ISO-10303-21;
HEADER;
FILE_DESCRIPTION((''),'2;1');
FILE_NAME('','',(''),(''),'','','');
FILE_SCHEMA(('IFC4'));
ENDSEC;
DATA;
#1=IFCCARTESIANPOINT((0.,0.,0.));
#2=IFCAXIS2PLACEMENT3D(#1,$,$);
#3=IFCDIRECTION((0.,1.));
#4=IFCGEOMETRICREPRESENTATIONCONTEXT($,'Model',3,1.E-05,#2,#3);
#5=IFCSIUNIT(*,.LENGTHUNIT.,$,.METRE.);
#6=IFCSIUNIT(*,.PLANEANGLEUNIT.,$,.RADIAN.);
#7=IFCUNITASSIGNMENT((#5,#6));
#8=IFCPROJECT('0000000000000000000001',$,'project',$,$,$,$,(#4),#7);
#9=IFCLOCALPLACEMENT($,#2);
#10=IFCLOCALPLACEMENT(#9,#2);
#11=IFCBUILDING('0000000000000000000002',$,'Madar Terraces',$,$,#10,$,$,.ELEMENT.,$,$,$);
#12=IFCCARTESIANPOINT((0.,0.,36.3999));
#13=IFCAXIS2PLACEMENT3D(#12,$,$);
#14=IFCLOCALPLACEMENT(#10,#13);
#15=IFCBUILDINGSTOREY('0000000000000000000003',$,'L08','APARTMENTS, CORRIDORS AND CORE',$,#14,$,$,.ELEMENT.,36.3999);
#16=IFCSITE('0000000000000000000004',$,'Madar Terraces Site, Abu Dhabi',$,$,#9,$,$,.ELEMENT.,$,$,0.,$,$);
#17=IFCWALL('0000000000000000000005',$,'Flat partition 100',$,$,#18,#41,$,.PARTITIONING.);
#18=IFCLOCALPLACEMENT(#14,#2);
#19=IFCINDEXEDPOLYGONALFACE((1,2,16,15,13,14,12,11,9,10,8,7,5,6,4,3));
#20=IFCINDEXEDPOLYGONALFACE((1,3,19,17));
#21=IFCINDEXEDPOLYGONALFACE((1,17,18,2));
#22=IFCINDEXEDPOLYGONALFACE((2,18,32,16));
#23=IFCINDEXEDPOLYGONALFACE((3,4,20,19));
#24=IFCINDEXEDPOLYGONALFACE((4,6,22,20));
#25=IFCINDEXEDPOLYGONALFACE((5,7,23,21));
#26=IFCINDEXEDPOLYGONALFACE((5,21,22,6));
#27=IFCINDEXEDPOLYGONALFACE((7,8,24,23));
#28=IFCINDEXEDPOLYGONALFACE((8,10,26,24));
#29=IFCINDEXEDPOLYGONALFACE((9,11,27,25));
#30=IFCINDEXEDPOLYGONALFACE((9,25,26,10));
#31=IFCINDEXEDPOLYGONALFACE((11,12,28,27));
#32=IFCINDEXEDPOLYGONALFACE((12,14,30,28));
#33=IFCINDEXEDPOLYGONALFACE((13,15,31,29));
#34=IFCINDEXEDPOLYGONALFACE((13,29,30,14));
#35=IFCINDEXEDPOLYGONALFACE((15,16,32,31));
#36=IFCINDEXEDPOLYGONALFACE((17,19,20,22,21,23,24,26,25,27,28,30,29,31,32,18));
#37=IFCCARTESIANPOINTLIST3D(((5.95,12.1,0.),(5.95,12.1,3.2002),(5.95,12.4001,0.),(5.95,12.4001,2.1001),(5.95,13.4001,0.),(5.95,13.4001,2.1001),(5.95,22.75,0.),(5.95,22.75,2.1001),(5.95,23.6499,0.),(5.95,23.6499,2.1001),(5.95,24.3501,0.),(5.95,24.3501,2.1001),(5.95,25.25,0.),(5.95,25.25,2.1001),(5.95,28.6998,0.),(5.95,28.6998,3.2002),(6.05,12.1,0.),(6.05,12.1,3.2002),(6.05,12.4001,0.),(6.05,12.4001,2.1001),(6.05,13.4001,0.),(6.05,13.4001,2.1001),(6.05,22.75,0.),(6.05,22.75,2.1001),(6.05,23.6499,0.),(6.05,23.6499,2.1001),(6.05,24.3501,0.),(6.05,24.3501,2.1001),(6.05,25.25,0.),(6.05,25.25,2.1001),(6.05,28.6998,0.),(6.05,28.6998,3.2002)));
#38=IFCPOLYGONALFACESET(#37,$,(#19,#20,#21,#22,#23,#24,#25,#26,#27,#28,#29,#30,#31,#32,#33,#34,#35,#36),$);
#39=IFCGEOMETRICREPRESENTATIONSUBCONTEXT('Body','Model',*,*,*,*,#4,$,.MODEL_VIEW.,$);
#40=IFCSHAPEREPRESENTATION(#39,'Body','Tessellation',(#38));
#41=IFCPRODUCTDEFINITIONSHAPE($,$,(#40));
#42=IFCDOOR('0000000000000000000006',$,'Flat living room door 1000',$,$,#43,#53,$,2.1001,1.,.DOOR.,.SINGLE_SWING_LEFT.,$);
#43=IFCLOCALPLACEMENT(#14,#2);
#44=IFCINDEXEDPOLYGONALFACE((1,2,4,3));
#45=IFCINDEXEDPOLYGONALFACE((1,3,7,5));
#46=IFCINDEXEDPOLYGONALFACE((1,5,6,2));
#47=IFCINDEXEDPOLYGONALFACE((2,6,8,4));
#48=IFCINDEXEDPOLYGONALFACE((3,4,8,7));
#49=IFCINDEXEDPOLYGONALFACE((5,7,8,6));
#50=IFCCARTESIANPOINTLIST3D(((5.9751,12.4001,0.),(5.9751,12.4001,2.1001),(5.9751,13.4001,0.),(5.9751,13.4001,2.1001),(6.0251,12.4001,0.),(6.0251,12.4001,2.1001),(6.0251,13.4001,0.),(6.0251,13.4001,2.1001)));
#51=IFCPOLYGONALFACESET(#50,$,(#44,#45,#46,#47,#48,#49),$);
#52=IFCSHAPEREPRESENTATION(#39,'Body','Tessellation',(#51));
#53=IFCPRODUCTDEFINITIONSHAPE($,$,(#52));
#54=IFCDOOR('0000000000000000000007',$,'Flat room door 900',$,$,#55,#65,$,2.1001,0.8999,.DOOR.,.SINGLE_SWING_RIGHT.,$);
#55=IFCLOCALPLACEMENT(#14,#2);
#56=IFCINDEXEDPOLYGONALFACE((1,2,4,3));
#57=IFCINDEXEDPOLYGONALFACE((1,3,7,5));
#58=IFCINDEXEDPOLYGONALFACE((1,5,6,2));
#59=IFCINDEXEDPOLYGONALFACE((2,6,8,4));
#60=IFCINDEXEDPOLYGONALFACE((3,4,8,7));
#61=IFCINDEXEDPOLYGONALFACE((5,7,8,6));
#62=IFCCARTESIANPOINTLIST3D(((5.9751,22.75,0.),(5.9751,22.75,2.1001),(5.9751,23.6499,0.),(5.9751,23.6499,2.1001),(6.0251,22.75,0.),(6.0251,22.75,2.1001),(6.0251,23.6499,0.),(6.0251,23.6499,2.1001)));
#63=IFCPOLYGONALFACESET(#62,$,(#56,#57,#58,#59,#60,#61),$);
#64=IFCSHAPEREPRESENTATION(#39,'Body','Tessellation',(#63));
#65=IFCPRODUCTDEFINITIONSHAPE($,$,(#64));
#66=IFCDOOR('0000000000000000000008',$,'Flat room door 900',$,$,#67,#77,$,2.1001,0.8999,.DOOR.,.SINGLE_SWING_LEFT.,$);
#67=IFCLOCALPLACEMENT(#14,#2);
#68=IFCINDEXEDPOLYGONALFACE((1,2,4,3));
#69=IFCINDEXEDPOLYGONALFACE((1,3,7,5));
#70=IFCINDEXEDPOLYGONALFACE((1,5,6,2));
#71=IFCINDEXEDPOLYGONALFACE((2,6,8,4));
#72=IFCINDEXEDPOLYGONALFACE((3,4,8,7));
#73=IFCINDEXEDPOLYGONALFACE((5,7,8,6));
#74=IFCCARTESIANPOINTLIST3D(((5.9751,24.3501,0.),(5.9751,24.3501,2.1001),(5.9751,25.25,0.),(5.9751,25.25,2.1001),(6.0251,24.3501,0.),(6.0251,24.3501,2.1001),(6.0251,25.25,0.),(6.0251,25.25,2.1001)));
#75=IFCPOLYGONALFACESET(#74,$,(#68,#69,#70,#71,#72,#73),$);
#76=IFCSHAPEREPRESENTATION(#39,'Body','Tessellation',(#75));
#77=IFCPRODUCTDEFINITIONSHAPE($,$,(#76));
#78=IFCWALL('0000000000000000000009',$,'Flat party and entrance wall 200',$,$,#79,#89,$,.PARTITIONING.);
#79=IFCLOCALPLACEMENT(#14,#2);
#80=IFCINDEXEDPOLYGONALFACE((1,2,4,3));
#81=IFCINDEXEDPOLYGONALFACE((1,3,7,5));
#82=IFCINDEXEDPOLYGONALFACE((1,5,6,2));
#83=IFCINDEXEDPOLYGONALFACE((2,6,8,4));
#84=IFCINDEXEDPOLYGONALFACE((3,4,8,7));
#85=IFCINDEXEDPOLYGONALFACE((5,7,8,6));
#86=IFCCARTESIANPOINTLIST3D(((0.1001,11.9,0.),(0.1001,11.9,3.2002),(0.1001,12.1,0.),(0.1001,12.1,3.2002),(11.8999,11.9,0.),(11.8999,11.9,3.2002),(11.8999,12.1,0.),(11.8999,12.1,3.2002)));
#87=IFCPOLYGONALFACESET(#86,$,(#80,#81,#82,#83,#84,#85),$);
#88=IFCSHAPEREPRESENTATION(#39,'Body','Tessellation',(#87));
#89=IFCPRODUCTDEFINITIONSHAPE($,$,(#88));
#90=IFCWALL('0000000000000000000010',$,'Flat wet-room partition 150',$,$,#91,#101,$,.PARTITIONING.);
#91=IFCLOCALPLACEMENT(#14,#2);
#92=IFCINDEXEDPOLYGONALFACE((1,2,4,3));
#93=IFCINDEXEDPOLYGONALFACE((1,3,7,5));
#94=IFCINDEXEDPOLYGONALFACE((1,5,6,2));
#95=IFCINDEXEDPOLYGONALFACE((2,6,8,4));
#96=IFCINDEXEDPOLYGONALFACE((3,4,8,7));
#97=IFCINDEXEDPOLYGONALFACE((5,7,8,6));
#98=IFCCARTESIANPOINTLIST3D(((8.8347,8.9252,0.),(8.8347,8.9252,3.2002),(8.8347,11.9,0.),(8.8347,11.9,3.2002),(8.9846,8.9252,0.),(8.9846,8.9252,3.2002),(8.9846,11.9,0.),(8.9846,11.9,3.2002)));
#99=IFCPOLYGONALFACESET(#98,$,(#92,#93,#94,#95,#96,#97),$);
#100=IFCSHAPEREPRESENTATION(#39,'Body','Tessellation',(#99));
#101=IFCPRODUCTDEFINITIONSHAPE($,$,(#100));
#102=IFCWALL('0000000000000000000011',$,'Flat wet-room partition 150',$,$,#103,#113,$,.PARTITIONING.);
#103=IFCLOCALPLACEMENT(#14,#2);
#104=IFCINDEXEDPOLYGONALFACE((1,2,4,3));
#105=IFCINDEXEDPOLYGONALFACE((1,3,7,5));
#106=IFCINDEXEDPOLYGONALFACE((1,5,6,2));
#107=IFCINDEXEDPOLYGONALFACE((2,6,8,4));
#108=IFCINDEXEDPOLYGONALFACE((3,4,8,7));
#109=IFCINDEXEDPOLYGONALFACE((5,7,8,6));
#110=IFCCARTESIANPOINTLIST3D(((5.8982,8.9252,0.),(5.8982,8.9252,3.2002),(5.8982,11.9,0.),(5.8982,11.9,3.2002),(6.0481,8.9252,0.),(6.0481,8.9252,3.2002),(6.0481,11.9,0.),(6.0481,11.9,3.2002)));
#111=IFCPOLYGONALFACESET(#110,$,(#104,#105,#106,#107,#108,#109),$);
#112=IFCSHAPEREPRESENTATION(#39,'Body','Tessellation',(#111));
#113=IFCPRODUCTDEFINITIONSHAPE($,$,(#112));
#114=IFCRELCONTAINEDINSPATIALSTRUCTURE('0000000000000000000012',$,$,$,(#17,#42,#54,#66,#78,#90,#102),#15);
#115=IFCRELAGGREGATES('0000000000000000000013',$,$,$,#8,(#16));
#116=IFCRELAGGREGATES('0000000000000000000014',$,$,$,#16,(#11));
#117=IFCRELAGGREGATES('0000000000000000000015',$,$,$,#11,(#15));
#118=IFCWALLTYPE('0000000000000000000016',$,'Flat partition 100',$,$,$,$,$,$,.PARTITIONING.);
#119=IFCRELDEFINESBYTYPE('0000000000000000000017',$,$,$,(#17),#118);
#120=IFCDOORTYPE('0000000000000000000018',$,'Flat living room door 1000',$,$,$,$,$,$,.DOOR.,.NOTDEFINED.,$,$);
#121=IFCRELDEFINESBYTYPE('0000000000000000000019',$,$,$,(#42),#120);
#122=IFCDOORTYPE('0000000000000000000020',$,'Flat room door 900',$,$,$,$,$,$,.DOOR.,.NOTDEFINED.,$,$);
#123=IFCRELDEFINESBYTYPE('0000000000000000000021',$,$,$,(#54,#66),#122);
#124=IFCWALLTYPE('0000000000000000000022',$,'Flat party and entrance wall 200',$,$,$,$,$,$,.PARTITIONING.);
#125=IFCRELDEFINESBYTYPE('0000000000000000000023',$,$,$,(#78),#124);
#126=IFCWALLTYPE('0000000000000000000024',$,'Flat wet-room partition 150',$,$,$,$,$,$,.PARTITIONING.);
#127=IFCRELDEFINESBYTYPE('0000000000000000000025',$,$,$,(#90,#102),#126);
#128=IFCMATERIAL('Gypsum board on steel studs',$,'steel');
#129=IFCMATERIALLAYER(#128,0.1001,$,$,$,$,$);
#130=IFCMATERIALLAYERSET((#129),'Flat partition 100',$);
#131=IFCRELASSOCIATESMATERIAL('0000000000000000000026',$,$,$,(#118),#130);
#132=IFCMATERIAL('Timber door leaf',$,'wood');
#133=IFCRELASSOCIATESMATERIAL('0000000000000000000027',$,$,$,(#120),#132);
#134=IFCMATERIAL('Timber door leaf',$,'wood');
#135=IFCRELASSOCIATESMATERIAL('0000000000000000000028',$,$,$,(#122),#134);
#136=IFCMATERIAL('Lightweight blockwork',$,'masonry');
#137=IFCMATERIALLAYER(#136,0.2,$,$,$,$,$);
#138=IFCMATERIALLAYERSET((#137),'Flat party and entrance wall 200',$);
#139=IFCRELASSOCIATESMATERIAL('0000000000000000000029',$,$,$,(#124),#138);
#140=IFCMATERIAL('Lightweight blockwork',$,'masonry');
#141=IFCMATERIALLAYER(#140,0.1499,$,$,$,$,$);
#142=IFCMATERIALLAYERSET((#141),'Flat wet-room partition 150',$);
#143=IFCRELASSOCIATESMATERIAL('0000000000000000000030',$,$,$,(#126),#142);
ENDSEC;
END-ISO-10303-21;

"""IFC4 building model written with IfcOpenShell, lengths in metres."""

from ifc_helpers import new_model, si_unit, direction, frame, frame_2d, origin, place, context, subcontext, project, spatial, rectangle, extrude, material, layer, layer_set, type_object, element, fill, save


model = new_model("IFC4")

# Units and contexts
model_context = context("Model", 3, precision=1e-05, world=origin(), true_north=direction((0.0, 1.0)))
body_context = subcontext(model_context, "Body", "Model", "MODEL_VIEW")
ifc_project = project(units=[si_unit("LENGTHUNIT", "METRE"), si_unit("PLANEANGLEUNIT", "RADIAN")], contexts=[model_context])

# Site, building, storey
site_placement = place(None, origin())
site = spatial("IfcSite", under=ifc_project, at=site_placement, Name="Madar Terraces Site, Abu Dhabi", CompositionType="ELEMENT", RefElevation=0.0)
building_placement = place(site_placement, origin())
building = spatial("IfcBuilding", under=site, at=building_placement, Name="Madar Terraces", CompositionType="ELEMENT")
storey_placement = place(building_placement, frame((0.0, 0.0, 36.3999)))
storey = spatial("IfcBuildingStorey", under=building, at=storey_placement, Name="L08", Description="APARTMENTS, CORRIDORS AND CORE", CompositionType="ELEMENT", Elevation=36.3999)

# Shared definitions
ifc_material_1 = material(Name="Gypsum board on steel studs", Category="steel")
ifc_layer_1 = layer(ifc_material_1, 0.1001)
ifc_layer_set_1 = layer_set([ifc_layer_1], Name="Flat partition 100")
wall_type_1 = type_object("IfcWallType", Name="Flat partition 100", PredefinedType="PARTITIONING", material=ifc_layer_set_1)

# Wall, openings, doors
wall_1_placement = place(storey_placement, frame((6.0, 12.1001, 0.0), z_axis=(0.0, 0.0, 1.0), x_axis=(0.0, 1.0, 0.0)))
wall_1 = element("IfcWall", 1, at=wall_1_placement, inside=storey, type_object=wall_type_1, Name="Flat partition 100", PredefinedType="PARTITIONING", context=body_context, shape_type="SweptSolid", body=[
    extrude(rectangle(XDim=16.5999, YDim=0.1001, at=frame_2d((8.2998, 0.0))), origin(), (0.0, 0.0, 1.0), 3.2002),
])
opening_1_placement = place(wall_1_placement, frame((0.3, 0.0, 0.0)))
opening_1 = element("IfcOpeningElement", 2, at=opening_1_placement, cuts=wall_1, PredefinedType="OPENING", context=body_context, shape_type="SweptSolid", body=[
    extrude(rectangle(XDim=1.0, YDim=2.1001, at=frame_2d((0.5, 1.05))), frame((0.0, 0.0601, 0.0), z_axis=(0.0, -1.0, 0.0), x_axis=(1.0, 0.0, 0.0)), (0.0, 0.0, 1.0), 0.1201),
])
opening_2_placement = place(wall_1_placement, frame((10.6499, 0.0, 0.0)))
opening_2 = element("IfcOpeningElement", 3, at=opening_2_placement, cuts=wall_1, PredefinedType="OPENING", context=body_context, shape_type="SweptSolid", body=[
    extrude(rectangle(XDim=0.8999, YDim=2.1001, at=frame_2d((0.45, 1.05))), frame((0.0, 0.0601, 0.0), z_axis=(0.0, -1.0, 0.0), x_axis=(1.0, 0.0, 0.0)), (0.0, 0.0, 1.0), 0.1201),
])
opening_3_placement = place(wall_1_placement, frame((12.25, 0.0, 0.0)))
opening_3 = element("IfcOpeningElement", 4, at=opening_3_placement, cuts=wall_1, PredefinedType="OPENING", context=body_context, shape_type="SweptSolid", body=[
    extrude(rectangle(XDim=0.8999, YDim=2.1001, at=frame_2d((0.45, 1.05))), frame((0.0, 0.0601, 0.0), z_axis=(0.0, -1.0, 0.0), x_axis=(1.0, 0.0, 0.0)), (0.0, 0.0, 1.0), 0.1201),
])
ifc_material_2 = material(Name="Timber door leaf", Category="wood")
door_type_1 = type_object("IfcDoorType", Name="Flat living room door 1000", OperationType="NOTDEFINED", PredefinedType="DOOR", material=ifc_material_2)
door_1_placement = place(opening_1_placement, origin())
door_1 = element("IfcDoor", 5, at=door_1_placement, inside=storey, type_object=door_type_1, Name="Flat living room door 1000", OperationType="SINGLE_SWING_LEFT", OverallHeight=2.1001, OverallWidth=1.0, PredefinedType="DOOR", context=body_context, shape_type="SweptSolid", body=[
    extrude(rectangle(XDim=1.0, YDim=2.1001, at=frame_2d((0.5, 1.05))), frame((0.0, 0.0249, 0.0), z_axis=(0.0, -1.0, 0.0), x_axis=(1.0, 0.0, 0.0)), (0.0, 0.0, 1.0), 0.05),
])
fill(opening_1, door_1)
ifc_material_3 = material(Name="Timber door leaf", Category="wood")
door_type_2 = type_object("IfcDoorType", Name="Flat room door 900", OperationType="NOTDEFINED", PredefinedType="DOOR", material=ifc_material_3)
door_2_placement = place(opening_2_placement, origin())
door_2 = element("IfcDoor", 6, at=door_2_placement, inside=storey, type_object=door_type_2, Name="Flat room door 900", OperationType="SINGLE_SWING_RIGHT", OverallHeight=2.1001, OverallWidth=0.8999, PredefinedType="DOOR", context=body_context, shape_type="SweptSolid", body=[
    extrude(rectangle(XDim=0.8999, YDim=2.1001, at=frame_2d((0.45, 1.05))), frame((0.0, 0.0249, 0.0), z_axis=(0.0, -1.0, 0.0), x_axis=(1.0, 0.0, 0.0)), (0.0, 0.0, 1.0), 0.05),
])
fill(opening_2, door_2)
door_3_placement = place(opening_3_placement, origin())
door_3 = element("IfcDoor", 7, at=door_3_placement, inside=storey, type_object=door_type_2, Name="Flat room door 900", OperationType="SINGLE_SWING_LEFT", OverallHeight=2.1001, OverallWidth=0.8999, PredefinedType="DOOR", context=body_context, shape_type="SweptSolid", body=[
    extrude(rectangle(XDim=0.8999, YDim=2.1001, at=frame_2d((0.45, 1.05))), frame((0.0, 0.0249, 0.0), z_axis=(0.0, -1.0, 0.0), x_axis=(1.0, 0.0, 0.0)), (0.0, 0.0, 1.0), 0.05),
])
fill(opening_3, door_3)

# Walls
ifc_material_4 = material(Name="Lightweight blockwork", Category="masonry")
ifc_layer_2 = layer(ifc_material_4, 0.2)
ifc_layer_set_2 = layer_set([ifc_layer_2], Name="Flat party and entrance wall 200")
wall_type_2 = type_object("IfcWallType", Name="Flat party and entrance wall 200", PredefinedType="PARTITIONING", material=ifc_layer_set_2)
wall_2_placement = place(storey_placement, frame((0.1001, 12.0, 0.0), z_axis=(0.0, 0.0, 1.0), x_axis=(1.0, 0.0, 0.0)))
element("IfcWall", 8, at=wall_2_placement, inside=storey, type_object=wall_type_2, Name="Flat party and entrance wall 200", PredefinedType="PARTITIONING", context=body_context, shape_type="SweptSolid", body=[
    extrude(rectangle(XDim=11.7998, YDim=0.2, at=frame_2d((5.8999, 0.0))), origin(), (0.0, 0.0, 1.0), 3.2002),
])
ifc_material_5 = material(Name="Lightweight blockwork", Category="masonry")
ifc_layer_3 = layer(ifc_material_5, 0.1499)
ifc_layer_set_3 = layer_set([ifc_layer_3], Name="Flat wet-room partition 150")
wall_type_3 = type_object("IfcWallType", Name="Flat wet-room partition 150", PredefinedType="PARTITIONING", material=ifc_layer_set_3)
for number, where, z_axis, x_axis, name in (
    (9, (8.9097, 11.8999, 0.0), (0.0, 0.0, 1.0), (0.0, -1.0, 0.0), "Flat wet-room partition 150"),
    (10, (5.9731, 11.8999, 0.0), (0.0, 0.0, 1.0), (0.0, -1.0, 0.0), "Flat wet-room partition 150"),
):
    element("IfcWall", number, at=place(storey_placement, frame(where, z_axis=z_axis, x_axis=x_axis)), inside=storey, type_object=wall_type_3, Name=name, PredefinedType="PARTITIONING", context=body_context, shape_type="SweptSolid", body=[
        extrude(rectangle(XDim=2.9749, YDim=0.1499, at=frame_2d((1.4873, 0.0))), origin(), (0.0, 0.0, 1.0), 3.2002),
    ])

save(model, "model.ifc")
